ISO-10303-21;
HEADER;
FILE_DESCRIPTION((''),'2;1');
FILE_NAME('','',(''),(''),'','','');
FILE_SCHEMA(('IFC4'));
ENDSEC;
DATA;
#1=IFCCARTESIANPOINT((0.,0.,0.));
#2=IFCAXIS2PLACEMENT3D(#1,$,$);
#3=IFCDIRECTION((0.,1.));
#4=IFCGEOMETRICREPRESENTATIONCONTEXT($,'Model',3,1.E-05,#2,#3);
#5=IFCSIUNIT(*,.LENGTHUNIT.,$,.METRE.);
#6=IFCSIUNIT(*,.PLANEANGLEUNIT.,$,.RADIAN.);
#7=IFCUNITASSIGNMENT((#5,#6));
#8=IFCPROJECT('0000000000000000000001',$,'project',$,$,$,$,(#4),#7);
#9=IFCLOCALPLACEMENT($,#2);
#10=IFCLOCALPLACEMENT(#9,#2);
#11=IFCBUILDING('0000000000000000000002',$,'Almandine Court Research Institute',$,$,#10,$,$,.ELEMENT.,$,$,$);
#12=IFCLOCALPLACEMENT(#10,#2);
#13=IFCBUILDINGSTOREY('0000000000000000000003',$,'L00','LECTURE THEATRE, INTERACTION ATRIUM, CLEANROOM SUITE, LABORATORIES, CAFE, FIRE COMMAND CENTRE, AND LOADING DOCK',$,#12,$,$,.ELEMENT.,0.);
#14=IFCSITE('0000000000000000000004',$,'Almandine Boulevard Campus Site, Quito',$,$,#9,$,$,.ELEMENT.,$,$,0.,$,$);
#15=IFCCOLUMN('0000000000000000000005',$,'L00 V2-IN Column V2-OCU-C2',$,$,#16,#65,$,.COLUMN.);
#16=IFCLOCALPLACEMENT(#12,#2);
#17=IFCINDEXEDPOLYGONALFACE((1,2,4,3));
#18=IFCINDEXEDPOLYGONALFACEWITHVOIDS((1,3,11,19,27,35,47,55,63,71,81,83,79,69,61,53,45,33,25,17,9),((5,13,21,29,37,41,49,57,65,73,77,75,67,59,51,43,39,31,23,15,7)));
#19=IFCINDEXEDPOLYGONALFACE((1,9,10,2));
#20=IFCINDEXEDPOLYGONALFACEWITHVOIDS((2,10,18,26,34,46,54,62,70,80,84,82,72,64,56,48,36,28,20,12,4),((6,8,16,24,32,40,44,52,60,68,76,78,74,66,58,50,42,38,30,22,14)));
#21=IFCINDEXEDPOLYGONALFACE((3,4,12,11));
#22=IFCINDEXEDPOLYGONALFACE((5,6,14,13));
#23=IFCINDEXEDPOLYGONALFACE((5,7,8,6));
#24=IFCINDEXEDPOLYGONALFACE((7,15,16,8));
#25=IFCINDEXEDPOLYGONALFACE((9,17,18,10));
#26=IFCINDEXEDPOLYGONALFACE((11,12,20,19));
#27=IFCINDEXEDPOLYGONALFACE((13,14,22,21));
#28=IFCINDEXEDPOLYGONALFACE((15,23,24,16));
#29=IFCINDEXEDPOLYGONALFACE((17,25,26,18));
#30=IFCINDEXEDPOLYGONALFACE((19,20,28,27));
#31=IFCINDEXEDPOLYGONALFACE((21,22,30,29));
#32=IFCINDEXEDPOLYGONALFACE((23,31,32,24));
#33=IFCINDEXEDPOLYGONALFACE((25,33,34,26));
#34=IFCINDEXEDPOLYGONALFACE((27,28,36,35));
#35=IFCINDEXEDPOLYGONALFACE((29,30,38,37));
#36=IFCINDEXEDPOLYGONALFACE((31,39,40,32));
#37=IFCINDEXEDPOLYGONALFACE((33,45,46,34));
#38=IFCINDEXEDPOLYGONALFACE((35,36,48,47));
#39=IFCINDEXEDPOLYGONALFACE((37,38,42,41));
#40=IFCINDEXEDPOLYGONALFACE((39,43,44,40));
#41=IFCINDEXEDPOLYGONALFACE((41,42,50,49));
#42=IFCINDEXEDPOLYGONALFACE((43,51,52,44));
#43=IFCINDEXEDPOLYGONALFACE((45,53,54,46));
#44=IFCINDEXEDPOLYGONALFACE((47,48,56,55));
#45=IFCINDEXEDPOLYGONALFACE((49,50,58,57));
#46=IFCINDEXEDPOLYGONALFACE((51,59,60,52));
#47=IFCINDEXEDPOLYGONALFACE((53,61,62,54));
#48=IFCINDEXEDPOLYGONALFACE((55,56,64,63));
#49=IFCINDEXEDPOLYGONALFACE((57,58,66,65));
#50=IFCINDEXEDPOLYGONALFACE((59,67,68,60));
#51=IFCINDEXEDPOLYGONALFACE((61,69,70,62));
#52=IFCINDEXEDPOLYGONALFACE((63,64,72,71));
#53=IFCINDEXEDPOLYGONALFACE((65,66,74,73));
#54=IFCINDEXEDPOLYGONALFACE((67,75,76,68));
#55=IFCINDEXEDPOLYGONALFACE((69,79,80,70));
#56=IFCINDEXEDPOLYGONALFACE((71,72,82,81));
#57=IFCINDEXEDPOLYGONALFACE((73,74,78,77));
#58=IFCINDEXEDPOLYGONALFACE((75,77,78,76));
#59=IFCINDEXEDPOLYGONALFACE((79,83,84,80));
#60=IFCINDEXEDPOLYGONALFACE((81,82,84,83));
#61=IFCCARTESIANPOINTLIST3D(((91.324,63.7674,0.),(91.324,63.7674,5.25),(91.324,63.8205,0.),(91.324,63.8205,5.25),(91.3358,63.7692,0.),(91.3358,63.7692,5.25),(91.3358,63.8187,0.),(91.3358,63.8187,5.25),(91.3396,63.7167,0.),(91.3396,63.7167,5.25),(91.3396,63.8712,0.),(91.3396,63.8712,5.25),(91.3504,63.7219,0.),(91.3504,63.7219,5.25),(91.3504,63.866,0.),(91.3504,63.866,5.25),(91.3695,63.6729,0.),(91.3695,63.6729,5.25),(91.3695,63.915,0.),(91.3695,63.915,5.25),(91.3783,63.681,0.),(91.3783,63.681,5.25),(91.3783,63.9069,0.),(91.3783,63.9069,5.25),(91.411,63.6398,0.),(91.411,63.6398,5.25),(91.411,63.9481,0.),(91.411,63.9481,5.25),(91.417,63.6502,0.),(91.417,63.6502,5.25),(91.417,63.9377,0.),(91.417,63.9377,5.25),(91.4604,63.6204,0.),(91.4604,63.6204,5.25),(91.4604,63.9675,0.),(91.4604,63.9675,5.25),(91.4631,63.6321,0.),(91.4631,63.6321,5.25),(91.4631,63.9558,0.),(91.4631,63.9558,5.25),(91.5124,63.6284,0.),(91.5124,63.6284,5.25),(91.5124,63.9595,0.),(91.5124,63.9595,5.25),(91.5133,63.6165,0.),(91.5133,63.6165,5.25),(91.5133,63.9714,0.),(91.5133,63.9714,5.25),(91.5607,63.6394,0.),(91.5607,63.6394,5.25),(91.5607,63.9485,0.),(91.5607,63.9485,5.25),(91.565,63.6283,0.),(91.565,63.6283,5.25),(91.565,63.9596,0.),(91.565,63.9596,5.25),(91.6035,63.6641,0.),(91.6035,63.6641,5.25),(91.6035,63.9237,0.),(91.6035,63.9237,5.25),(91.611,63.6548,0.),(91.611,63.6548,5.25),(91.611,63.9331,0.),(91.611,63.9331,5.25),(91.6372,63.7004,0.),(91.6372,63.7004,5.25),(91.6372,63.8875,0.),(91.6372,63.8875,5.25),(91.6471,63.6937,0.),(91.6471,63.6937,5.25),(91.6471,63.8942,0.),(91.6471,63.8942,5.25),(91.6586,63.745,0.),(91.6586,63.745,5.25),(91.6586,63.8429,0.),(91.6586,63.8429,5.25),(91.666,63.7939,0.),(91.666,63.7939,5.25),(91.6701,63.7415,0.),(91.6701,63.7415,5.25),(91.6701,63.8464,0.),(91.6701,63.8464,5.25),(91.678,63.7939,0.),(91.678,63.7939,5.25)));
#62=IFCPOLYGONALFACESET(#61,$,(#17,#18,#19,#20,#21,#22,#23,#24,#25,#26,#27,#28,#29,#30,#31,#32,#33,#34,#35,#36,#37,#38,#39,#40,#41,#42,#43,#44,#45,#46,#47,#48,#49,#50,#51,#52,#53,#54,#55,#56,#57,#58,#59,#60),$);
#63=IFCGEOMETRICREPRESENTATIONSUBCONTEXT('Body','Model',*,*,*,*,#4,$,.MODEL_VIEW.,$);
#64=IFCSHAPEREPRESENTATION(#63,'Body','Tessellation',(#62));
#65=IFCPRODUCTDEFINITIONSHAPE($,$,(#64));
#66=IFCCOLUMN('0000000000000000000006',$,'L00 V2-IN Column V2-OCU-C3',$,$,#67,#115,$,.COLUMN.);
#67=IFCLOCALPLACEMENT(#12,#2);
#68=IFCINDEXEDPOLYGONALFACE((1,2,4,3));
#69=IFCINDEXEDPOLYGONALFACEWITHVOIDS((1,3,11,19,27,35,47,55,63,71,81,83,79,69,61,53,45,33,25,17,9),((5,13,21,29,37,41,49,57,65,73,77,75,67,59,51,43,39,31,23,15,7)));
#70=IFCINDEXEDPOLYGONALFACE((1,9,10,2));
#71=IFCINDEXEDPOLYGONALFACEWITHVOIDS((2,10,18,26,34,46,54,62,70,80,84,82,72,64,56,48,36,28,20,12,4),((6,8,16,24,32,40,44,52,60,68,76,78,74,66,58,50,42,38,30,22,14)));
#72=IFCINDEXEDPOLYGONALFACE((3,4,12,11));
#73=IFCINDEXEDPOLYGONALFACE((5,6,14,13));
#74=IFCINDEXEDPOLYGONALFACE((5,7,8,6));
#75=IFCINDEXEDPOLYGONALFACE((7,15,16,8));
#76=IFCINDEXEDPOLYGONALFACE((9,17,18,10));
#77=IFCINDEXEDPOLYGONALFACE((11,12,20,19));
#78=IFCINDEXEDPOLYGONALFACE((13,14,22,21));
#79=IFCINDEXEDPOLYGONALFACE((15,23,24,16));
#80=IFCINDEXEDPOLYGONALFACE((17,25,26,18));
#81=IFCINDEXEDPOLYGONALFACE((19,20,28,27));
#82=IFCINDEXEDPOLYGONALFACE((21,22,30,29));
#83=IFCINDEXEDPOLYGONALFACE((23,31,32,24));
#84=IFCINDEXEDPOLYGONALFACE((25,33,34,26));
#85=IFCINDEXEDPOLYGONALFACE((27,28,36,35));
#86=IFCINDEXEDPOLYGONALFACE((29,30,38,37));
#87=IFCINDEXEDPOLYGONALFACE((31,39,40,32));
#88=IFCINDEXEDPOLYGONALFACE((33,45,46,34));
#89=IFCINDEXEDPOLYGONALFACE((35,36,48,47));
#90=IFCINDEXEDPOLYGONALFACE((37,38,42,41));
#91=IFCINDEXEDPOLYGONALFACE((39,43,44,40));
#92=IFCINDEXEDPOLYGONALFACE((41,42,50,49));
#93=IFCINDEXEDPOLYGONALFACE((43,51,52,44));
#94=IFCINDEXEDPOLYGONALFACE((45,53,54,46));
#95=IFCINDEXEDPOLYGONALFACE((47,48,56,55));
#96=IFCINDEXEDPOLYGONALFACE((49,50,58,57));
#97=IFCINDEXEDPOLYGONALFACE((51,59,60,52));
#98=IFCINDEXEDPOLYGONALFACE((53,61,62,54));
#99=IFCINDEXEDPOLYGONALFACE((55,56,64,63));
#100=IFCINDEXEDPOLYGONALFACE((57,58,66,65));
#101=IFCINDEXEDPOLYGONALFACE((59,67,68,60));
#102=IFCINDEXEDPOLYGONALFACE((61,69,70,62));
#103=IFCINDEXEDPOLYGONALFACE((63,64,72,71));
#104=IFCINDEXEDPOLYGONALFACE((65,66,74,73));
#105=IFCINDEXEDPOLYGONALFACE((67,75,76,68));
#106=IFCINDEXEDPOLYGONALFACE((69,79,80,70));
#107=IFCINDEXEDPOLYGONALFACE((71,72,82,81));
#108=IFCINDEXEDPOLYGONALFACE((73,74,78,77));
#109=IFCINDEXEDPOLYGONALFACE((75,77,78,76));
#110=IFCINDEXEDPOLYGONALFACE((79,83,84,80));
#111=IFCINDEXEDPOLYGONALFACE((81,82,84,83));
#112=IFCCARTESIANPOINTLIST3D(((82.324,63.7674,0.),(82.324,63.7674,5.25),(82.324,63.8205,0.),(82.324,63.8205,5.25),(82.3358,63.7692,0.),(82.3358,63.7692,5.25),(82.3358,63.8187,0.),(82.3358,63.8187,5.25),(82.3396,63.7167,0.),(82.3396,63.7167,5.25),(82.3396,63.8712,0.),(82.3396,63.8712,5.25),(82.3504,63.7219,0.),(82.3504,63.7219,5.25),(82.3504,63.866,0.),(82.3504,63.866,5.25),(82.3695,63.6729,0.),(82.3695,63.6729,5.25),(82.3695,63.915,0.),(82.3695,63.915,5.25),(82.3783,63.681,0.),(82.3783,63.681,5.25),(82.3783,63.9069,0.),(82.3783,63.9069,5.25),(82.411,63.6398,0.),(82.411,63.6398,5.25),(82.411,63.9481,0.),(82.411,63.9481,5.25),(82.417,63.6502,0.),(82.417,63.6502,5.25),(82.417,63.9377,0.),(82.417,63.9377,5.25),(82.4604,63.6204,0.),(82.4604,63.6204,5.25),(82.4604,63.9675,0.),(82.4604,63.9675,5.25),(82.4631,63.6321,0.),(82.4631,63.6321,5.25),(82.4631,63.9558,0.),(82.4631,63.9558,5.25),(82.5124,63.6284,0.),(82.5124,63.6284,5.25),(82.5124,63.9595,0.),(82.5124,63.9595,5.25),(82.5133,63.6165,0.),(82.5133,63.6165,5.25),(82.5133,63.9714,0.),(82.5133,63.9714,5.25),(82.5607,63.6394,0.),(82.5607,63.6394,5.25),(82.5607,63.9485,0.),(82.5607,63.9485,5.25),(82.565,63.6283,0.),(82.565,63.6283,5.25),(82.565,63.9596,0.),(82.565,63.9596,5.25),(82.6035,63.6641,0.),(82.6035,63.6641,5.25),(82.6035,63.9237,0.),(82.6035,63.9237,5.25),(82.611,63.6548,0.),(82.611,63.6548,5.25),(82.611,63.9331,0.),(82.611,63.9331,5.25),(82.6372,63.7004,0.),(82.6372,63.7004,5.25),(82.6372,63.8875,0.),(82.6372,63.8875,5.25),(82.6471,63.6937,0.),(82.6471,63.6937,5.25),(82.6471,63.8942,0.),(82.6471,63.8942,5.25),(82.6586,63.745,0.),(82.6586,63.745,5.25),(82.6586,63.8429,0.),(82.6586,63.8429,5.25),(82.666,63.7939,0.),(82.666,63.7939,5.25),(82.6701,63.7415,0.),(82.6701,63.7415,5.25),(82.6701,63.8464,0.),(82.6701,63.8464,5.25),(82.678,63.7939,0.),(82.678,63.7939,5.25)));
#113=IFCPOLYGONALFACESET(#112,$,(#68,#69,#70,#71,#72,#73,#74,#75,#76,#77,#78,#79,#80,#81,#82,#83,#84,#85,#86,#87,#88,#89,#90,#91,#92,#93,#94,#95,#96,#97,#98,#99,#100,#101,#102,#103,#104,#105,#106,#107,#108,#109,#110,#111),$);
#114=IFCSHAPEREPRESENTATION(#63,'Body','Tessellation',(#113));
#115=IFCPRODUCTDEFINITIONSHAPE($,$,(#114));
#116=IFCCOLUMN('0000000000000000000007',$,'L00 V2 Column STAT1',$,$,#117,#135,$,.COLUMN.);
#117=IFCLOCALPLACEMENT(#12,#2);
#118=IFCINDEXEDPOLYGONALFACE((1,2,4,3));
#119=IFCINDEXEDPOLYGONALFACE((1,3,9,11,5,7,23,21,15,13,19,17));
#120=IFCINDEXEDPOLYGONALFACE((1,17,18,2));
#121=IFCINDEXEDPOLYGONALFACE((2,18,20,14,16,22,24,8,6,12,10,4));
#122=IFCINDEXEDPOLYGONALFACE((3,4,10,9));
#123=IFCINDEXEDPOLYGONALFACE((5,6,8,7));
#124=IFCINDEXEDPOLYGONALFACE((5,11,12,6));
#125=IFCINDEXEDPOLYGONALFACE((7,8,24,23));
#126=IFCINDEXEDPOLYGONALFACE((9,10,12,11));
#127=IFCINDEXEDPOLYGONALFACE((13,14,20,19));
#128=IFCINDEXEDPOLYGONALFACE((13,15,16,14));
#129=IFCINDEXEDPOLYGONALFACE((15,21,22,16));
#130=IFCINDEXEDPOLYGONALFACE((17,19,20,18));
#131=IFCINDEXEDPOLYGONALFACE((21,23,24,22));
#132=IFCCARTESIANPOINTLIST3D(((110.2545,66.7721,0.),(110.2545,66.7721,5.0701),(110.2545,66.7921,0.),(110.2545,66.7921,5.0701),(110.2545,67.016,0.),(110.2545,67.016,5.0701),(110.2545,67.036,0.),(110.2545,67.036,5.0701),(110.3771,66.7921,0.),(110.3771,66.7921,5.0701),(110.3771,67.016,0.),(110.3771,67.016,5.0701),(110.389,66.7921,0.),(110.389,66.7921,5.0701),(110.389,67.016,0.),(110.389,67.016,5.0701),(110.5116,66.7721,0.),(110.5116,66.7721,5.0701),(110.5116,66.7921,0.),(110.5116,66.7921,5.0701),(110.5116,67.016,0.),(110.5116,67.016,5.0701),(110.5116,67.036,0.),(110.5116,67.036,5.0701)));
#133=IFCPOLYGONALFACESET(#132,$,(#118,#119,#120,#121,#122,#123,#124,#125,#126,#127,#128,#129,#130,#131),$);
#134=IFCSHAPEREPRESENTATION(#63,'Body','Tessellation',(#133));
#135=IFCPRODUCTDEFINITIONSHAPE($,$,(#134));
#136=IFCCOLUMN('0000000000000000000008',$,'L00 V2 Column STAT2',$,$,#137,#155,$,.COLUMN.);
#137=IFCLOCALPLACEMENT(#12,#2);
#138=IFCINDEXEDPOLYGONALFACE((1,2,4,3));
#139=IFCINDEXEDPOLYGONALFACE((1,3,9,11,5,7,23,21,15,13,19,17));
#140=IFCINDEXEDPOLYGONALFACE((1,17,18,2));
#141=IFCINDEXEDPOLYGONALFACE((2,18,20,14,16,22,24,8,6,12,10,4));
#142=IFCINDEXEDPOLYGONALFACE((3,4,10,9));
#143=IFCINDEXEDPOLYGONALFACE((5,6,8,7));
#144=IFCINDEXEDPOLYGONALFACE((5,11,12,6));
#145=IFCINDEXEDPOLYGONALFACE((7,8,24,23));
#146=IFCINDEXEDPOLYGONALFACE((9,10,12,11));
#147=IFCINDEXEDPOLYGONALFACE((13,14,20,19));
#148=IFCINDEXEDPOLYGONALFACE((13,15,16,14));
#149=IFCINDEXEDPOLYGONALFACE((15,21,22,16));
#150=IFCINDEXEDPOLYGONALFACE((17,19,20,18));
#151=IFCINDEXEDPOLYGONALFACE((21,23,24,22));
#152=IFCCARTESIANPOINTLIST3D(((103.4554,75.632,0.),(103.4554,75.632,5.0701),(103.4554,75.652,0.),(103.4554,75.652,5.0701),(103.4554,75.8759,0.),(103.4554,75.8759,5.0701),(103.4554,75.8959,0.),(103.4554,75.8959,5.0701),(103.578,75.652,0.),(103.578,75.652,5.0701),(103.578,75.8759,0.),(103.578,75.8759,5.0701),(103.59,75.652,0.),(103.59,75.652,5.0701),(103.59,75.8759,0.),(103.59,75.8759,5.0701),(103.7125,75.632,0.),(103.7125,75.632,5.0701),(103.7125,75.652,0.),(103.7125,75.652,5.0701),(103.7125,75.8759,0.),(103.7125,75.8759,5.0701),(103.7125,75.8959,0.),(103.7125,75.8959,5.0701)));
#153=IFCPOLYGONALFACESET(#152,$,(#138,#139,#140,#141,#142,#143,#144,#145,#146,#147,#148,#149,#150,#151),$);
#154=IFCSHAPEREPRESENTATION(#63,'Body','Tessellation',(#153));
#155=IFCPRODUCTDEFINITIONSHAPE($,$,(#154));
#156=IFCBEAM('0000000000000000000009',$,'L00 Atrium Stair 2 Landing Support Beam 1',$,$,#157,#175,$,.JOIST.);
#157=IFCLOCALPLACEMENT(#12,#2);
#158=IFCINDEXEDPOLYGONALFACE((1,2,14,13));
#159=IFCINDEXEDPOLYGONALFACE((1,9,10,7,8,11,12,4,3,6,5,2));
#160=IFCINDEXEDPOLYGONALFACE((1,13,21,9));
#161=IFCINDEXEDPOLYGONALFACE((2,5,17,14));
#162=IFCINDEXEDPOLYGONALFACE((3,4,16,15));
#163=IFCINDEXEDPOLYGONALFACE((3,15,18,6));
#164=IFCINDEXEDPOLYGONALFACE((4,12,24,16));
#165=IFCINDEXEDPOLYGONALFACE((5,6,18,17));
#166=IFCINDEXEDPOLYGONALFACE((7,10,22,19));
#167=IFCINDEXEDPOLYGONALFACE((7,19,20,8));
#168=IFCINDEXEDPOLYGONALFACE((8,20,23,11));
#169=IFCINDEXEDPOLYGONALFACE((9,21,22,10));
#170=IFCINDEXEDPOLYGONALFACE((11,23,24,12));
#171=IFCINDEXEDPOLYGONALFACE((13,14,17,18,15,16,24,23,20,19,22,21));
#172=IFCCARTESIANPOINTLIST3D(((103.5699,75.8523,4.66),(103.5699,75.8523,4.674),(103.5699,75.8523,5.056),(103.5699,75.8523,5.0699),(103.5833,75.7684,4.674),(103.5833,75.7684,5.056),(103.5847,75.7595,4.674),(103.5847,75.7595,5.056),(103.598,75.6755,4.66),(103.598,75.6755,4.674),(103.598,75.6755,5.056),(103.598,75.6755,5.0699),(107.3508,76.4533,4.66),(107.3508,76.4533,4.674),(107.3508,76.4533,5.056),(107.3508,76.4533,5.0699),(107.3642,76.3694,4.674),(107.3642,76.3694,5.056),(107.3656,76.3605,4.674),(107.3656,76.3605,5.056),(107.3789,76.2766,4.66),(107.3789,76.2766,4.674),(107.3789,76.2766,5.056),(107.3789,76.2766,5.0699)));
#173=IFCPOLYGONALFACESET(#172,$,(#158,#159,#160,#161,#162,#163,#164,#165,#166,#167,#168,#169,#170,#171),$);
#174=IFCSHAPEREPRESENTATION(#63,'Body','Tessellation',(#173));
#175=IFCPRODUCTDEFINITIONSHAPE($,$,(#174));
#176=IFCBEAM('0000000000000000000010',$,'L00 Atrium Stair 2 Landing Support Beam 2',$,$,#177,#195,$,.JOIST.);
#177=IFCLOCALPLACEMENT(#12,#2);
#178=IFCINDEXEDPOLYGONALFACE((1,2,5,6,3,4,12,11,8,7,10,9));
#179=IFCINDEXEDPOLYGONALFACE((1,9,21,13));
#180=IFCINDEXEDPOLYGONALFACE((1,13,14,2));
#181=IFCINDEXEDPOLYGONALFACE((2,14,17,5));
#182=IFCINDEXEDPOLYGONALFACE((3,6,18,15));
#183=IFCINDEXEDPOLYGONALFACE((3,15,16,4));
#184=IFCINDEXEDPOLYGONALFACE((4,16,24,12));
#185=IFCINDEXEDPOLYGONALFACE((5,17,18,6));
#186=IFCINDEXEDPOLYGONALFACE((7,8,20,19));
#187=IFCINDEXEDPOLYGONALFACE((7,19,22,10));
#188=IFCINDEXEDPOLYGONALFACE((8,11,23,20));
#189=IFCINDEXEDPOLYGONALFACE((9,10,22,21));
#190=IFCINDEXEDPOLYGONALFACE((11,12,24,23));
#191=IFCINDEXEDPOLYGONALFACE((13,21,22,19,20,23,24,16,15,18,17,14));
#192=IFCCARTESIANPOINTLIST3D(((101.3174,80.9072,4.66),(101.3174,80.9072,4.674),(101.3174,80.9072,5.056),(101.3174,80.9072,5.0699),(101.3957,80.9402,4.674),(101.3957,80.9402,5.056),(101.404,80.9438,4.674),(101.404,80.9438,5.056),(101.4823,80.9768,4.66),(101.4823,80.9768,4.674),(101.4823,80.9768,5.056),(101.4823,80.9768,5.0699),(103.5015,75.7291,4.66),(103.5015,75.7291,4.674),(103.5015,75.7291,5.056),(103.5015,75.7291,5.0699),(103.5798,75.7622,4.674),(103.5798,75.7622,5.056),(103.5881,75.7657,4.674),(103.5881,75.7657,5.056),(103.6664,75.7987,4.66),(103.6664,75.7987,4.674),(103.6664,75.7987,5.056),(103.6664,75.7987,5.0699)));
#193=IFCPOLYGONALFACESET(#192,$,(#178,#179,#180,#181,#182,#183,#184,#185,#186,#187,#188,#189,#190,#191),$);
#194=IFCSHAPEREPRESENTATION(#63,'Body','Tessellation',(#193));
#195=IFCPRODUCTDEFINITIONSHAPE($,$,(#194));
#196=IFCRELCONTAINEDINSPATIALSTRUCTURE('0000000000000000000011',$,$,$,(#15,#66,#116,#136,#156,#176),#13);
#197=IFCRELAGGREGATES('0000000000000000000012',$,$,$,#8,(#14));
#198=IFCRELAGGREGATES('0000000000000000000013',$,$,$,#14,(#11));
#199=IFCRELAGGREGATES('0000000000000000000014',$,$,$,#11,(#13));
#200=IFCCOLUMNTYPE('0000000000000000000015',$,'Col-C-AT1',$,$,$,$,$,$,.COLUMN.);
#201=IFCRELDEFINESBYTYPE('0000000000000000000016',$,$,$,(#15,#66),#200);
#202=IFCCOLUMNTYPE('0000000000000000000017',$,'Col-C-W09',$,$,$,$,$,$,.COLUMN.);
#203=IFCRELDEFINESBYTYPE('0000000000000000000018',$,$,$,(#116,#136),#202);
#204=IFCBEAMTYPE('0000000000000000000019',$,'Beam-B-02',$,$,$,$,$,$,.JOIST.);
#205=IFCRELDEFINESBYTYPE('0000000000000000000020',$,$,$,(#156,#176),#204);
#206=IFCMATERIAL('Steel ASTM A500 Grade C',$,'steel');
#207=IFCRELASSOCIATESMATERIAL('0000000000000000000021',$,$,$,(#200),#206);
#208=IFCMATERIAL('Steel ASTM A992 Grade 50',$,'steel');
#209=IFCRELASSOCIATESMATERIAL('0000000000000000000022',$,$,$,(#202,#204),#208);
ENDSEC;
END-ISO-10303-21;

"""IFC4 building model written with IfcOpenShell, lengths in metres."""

from ifc_helpers import new_model, si_unit, direction, frame, origin, origin_2d, place, context, subcontext, project, spatial, hollow_circle, i_section, extrude, material, material_profile, profile_set, type_object, element, save


model = new_model("IFC4")

# Units and contexts
model_context = context("Model", 3, precision=1e-05, world=origin(), true_north=direction((0.0, 1.0)))
body_context = subcontext(model_context, "Body", "Model", "MODEL_VIEW")
ifc_project = project(units=[si_unit("LENGTHUNIT", "METRE"), si_unit("PLANEANGLEUNIT", "RADIAN")], contexts=[model_context])

# Site, building, storey
site_placement = place(None, origin())
site = spatial("IfcSite", under=ifc_project, at=site_placement, Name="Almandine Boulevard Campus Site, Quito", CompositionType="ELEMENT", RefElevation=0.0)
building_placement = place(site_placement, origin())
building = spatial("IfcBuilding", under=site, at=building_placement, Name="Almandine Court Research Institute", CompositionType="ELEMENT")
storey_placement = place(building_placement, origin())
storey = spatial("IfcBuildingStorey", under=building, at=storey_placement, Name="L00", Description="LECTURE THEATRE, INTERACTION ATRIUM, CLEANROOM SUITE, LABORATORIES, CAFE, FIRE COMMAND CENTRE, AND LOADING DOCK", CompositionType="ELEMENT", Elevation=0.0)

# Columns
ifc_material_1 = material(Name="Steel ASTM A500 Grade C", Category="steel")
ifc_material_profile_1 = material_profile(ifc_material_1, hollow_circle(Radius=0.178, WallThickness=0.012, at=origin_2d()), Name="CHS 356x12")
ifc_profile_set_1 = profile_set([ifc_material_profile_1], Name="Steel ASTM A500 Grade C")
column_type_1 = type_object("IfcColumnType", Name="Col-C-AT1", PredefinedType="COLUMN", material=ifc_profile_set_1)
for number, where, z_axis, x_axis, name in (
    (1, (91.5, 63.7939, 0.0), (0.0, 0.0, 1.0), (1.0, 0.0, 0.0), "L00 V2-IN Column V2-OCU-C2"),
    (2, (82.5, 63.7939, 0.0), (0.0, 0.0, 1.0), (1.0, 0.0, 0.0), "L00 V2-IN Column V2-OCU-C3"),
):
    element("IfcColumn", number, at=place(storey_placement, frame(where, z_axis=z_axis, x_axis=x_axis)), inside=storey, type_object=column_type_1, Name=name, PredefinedType="COLUMN", context=body_context, shape_type="SweptSolid", body=[
        extrude(hollow_circle(Radius=0.178, WallThickness=0.012, at=origin_2d()), origin(), (0.0, 0.0, 1.0), 5.25),
    ])
ifc_material_2 = material(Name="Steel ASTM A992 Grade 50", Category="steel")
ifc_material_profile_2 = material_profile(ifc_material_2, i_section(OverallWidth=0.2571, OverallDepth=0.2639, WebThickness=0.012, FlangeThickness=0.02, at=origin_2d()), Name="W250x101")
ifc_profile_set_2 = profile_set([ifc_material_profile_2], Name="Steel ASTM A992 Grade 50")
column_type_2 = type_object("IfcColumnType", Name="Col-C-W09", PredefinedType="COLUMN", material=ifc_profile_set_2)
for number, where, z_axis, x_axis, name in (
    (3, (110.3831, 66.9041, 0.0), (0.0, 0.0, 1.0), (1.0, 0.0, 0.0), "L00 V2 Column STAT1"),
    (4, (103.584, 75.7639, 0.0), (0.0, 0.0, 1.0), (1.0, 0.0, 0.0), "L00 V2 Column STAT2"),
):
    element("IfcColumn", number, at=place(storey_placement, frame(where, z_axis=z_axis, x_axis=x_axis)), inside=storey, type_object=column_type_2, Name=name, PredefinedType="COLUMN", context=body_context, shape_type="SweptSolid", body=[
        extrude(i_section(OverallWidth=0.2571, OverallDepth=0.2639, WebThickness=0.012, FlangeThickness=0.02, at=origin_2d()), origin(), (0.0, 0.0, 1.0), 5.0701),
    ])

# Beams
ifc_material_profile_3 = material_profile(ifc_material_2, i_section(OverallWidth=0.179, OverallDepth=0.4099, WebThickness=0.009, FlangeThickness=0.0139, at=origin_2d()), Name="W410x67")
ifc_profile_set_3 = profile_set([ifc_material_profile_3], Name="Steel ASTM A992 Grade 50")
beam_type = type_object("IfcBeamType", Name="Beam-B-02", PredefinedType="JOIST", material=ifc_profile_set_3)
beam_1_placement = place(storey_placement, frame((103.584, 75.7639, 4.865), z_axis=(0.987599, 0.157001, 0.0), x_axis=(-0.157001, 0.987599, 0.0)))
element("IfcBeam", 5, at=beam_1_placement, inside=storey, type_object=beam_type, Name="L00 Atrium Stair 2 Landing Support Beam 1", PredefinedType="JOIST", context=body_context, shape_type="SweptSolid", body=[
    extrude(i_section(OverallWidth=0.179, OverallDepth=0.4099, WebThickness=0.009, FlangeThickness=0.0139, at=origin_2d()), origin(), (0.0, 0.0, 1.0), 3.8284),
])
beam_2_placement = place(storey_placement, frame((103.584, 75.7639, 4.865), z_axis=(-0.388643, 0.921388, 0.0), x_axis=(-0.921388, -0.388643, 0.0)))
element("IfcBeam", 6, at=beam_2_placement, inside=storey, type_object=beam_type, Name="L00 Atrium Stair 2 Landing Support Beam 2", PredefinedType="JOIST", context=body_context, shape_type="SweptSolid", body=[
    extrude(i_section(OverallWidth=0.179, OverallDepth=0.4099, WebThickness=0.009, FlangeThickness=0.0139, at=origin_2d()), origin(), (0.0, 0.0, 1.0), 5.6199),
])

save(model, "model.ifc")
